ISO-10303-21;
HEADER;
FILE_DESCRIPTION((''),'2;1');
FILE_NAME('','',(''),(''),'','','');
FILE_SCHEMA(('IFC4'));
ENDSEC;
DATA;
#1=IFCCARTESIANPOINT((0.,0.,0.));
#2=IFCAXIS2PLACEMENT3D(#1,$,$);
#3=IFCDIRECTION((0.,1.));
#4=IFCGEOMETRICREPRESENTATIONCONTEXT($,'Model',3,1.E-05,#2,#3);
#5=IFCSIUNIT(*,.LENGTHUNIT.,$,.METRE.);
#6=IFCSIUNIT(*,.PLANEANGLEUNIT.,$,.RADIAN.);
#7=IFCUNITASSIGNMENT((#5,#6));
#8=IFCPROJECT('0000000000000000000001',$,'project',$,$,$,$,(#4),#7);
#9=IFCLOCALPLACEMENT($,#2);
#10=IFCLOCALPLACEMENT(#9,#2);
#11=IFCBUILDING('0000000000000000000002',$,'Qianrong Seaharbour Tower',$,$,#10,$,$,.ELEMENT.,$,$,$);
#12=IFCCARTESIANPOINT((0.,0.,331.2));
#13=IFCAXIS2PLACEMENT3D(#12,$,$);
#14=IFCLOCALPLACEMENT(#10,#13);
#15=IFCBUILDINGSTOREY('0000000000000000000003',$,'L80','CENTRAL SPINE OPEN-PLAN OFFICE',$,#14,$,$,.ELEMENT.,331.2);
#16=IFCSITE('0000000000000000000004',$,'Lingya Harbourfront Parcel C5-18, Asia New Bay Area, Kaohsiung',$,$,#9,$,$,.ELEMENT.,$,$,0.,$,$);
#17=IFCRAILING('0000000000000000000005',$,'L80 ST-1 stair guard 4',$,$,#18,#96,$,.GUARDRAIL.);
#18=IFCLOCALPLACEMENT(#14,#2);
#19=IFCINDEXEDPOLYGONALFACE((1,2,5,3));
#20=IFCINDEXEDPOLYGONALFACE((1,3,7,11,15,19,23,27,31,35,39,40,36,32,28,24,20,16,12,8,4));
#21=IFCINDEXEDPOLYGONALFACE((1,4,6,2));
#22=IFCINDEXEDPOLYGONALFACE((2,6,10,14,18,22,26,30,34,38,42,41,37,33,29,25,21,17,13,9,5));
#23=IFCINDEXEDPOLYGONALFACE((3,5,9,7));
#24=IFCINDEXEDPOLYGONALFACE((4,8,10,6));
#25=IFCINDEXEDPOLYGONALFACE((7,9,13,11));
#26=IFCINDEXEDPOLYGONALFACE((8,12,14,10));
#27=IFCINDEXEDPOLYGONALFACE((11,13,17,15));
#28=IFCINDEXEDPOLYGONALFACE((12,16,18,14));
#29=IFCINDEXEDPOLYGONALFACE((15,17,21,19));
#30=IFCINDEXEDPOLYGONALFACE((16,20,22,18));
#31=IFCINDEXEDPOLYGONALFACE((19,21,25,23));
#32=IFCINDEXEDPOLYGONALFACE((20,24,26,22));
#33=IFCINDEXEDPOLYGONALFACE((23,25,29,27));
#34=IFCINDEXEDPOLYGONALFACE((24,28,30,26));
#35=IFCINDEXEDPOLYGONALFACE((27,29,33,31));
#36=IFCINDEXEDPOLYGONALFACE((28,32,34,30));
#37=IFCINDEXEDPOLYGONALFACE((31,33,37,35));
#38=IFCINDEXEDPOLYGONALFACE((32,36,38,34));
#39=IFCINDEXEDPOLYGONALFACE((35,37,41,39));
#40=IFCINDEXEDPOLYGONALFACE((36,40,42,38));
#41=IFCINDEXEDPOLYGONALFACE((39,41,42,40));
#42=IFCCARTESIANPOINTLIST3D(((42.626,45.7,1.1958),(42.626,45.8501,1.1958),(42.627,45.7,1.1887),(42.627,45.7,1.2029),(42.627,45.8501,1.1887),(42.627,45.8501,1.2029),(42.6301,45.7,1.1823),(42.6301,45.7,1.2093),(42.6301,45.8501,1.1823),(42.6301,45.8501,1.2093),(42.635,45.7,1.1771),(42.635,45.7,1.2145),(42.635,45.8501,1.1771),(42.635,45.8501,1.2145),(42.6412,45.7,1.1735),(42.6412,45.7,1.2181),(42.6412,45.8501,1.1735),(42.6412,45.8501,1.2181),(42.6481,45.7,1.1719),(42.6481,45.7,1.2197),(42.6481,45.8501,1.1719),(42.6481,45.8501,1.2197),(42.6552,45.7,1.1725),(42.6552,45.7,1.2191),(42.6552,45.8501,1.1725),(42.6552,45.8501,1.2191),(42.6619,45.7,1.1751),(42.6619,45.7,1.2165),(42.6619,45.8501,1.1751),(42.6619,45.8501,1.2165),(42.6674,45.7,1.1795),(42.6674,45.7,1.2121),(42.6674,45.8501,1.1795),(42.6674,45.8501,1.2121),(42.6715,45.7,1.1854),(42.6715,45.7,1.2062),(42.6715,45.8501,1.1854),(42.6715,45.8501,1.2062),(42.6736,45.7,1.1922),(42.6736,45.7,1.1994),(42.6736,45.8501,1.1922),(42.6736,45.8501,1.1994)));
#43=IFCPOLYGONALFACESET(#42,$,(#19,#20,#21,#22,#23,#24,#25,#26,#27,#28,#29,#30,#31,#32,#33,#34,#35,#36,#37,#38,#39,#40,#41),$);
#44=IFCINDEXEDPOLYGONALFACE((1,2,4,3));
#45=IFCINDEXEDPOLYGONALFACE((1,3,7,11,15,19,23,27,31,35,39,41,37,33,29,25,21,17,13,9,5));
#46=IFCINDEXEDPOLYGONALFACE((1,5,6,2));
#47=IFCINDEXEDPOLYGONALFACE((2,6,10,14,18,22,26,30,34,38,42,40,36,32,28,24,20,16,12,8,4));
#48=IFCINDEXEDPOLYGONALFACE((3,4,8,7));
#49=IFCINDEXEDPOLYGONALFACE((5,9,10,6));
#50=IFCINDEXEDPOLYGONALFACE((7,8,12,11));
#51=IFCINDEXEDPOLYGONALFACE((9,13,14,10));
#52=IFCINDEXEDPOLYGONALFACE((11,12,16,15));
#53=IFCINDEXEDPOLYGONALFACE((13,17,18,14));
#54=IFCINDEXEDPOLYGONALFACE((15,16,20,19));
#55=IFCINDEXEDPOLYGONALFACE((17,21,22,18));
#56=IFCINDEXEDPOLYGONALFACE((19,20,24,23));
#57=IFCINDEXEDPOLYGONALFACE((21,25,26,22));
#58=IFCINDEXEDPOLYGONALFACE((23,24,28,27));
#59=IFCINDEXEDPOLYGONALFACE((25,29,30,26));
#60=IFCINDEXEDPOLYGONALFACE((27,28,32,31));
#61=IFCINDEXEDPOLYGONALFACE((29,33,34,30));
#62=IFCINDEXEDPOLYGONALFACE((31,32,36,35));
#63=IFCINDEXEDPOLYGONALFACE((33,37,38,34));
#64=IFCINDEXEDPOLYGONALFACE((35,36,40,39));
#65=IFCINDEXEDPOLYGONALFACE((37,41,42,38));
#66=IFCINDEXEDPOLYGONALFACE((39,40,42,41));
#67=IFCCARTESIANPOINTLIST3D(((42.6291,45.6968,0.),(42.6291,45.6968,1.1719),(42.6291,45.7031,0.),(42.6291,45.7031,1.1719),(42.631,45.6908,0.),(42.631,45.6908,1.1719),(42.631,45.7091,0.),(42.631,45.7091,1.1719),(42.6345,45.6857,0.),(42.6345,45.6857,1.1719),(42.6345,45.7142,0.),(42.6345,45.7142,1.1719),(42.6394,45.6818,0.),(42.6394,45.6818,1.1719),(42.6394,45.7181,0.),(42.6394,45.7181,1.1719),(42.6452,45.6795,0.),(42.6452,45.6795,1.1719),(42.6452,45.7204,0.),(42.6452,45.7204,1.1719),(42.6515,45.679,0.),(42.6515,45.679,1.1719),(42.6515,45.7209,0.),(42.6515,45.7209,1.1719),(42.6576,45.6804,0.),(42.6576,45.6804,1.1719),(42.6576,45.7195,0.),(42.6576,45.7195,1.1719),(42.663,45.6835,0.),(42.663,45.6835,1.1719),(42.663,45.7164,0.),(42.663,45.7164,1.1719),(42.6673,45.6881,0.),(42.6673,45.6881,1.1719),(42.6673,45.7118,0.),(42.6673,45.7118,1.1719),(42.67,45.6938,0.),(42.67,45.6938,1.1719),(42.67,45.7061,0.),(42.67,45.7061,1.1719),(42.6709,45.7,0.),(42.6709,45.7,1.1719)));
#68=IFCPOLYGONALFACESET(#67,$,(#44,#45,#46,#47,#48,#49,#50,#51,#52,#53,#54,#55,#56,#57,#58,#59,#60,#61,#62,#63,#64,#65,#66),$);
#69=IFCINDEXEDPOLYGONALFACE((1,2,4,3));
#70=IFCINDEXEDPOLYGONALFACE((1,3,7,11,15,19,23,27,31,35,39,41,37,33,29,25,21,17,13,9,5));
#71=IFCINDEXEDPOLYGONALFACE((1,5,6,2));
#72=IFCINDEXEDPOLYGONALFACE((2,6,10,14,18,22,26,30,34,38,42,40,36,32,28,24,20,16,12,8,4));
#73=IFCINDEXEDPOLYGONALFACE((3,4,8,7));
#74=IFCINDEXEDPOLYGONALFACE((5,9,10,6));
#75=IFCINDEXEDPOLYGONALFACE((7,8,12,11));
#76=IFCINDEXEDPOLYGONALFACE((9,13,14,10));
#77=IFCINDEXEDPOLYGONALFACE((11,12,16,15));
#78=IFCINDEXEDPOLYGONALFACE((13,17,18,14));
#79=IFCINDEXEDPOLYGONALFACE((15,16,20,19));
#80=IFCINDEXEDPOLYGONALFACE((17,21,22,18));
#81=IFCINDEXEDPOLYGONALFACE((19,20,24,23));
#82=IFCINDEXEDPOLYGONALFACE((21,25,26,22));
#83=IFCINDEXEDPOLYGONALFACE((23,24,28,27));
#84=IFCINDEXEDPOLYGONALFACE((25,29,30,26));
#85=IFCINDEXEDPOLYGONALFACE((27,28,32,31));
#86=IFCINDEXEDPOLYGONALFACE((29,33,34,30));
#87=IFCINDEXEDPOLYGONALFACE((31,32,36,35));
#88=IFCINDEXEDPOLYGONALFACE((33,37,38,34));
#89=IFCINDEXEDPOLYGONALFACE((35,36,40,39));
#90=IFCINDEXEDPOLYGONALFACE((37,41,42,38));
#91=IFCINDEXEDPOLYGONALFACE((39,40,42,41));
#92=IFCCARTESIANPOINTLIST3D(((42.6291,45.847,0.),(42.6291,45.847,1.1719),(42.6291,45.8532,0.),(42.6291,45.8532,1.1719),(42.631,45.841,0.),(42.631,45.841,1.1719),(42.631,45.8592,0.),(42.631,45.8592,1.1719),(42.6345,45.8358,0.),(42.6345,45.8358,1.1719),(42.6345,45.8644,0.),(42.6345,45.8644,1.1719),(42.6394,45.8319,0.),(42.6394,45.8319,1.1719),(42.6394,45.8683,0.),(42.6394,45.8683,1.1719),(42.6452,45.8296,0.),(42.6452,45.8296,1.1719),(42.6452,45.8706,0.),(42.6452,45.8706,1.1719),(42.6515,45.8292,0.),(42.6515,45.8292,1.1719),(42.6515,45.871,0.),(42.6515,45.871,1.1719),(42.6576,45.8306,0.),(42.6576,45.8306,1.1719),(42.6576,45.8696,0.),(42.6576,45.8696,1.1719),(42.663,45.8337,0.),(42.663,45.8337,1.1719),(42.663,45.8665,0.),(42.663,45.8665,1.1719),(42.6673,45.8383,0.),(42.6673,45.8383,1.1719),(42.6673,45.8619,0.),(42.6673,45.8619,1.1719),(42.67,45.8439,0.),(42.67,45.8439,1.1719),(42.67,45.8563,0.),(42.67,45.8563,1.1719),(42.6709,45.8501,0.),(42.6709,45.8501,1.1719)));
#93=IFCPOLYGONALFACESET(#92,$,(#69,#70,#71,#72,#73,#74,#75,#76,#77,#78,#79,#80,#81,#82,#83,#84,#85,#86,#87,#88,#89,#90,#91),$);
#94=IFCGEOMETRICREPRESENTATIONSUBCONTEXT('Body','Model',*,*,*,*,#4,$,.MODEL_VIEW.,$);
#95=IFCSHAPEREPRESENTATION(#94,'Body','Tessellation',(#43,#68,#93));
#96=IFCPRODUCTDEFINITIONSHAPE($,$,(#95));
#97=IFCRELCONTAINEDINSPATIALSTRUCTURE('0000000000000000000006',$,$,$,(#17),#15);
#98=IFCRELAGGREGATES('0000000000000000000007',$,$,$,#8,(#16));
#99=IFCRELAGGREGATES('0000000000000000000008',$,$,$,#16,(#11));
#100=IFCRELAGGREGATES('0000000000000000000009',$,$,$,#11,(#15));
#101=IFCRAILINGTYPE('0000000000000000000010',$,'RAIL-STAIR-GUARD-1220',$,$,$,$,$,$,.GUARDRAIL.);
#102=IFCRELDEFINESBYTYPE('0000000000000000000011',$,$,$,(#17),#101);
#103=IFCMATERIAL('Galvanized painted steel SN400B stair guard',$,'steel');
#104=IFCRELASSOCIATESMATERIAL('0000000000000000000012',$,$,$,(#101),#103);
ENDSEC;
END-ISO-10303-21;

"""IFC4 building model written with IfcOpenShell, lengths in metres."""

from ifc_helpers import new_model, si_unit, direction, frame, origin, origin_2d, place, context, subcontext, project, spatial, circle, extrude, material, type_object, element, save


model = new_model("IFC4")

# Units and contexts
model_context = context("Model", 3, precision=1e-05, world=origin(), true_north=direction((0.0, 1.0)))
body_context = subcontext(model_context, "Body", "Model", "MODEL_VIEW")
ifc_project = project(units=[si_unit("LENGTHUNIT", "METRE"), si_unit("PLANEANGLEUNIT", "RADIAN")], contexts=[model_context])

# Site, building, storey
site_placement = place(None, origin())
site = spatial("IfcSite", under=ifc_project, at=site_placement, Name="Lingya Harbourfront Parcel C5-18, Asia New Bay Area, Kaohsiung", CompositionType="ELEMENT", RefElevation=0.0)
building_placement = place(site_placement, origin())
building = spatial("IfcBuilding", under=site, at=building_placement, Name="Qianrong Seaharbour Tower", CompositionType="ELEMENT")
storey_placement = place(building_placement, frame((0.0, 0.0, 331.2)))
storey = spatial("IfcBuildingStorey", under=building, at=storey_placement, Name="L80", Description="CENTRAL SPINE OPEN-PLAN OFFICE", CompositionType="ELEMENT", Elevation=331.2)

# Railing
ifc_material_1 = material(Name="Galvanized painted steel SN400B stair guard", Category="steel")
railing_type = type_object("IfcRailingType", Name="RAIL-STAIR-GUARD-1220", PredefinedType="GUARDRAIL", material=ifc_material_1)
railing_1_placement = place(storey_placement, frame((42.6499, 45.7, 0.0)))
element("IfcRailing", 1, at=railing_1_placement, inside=storey, type_object=railing_type, Name="L80 ST-1 stair guard 4", PredefinedType="GUARDRAIL", context=body_context, shape_type="SweptSolid", body=[
    extrude(circle(Radius=0.0239, at=origin_2d()), frame((0.0, 0.0, 1.1958), z_axis=(0.0, 1.0, 0.0), x_axis=(-1.0, 0.0, 0.0)), (0.0, 0.0, 1.0), 0.1501),
    extrude(circle(Radius=0.021, at=origin_2d()), origin(), (0.0, 0.0, 1.0), 1.1719),
    extrude(circle(Radius=0.021, at=origin_2d()), frame((0.0, 0.1501, 0.0)), (0.0, 0.0, 1.0), 1.1719),
])

save(model, "model.ifc")
